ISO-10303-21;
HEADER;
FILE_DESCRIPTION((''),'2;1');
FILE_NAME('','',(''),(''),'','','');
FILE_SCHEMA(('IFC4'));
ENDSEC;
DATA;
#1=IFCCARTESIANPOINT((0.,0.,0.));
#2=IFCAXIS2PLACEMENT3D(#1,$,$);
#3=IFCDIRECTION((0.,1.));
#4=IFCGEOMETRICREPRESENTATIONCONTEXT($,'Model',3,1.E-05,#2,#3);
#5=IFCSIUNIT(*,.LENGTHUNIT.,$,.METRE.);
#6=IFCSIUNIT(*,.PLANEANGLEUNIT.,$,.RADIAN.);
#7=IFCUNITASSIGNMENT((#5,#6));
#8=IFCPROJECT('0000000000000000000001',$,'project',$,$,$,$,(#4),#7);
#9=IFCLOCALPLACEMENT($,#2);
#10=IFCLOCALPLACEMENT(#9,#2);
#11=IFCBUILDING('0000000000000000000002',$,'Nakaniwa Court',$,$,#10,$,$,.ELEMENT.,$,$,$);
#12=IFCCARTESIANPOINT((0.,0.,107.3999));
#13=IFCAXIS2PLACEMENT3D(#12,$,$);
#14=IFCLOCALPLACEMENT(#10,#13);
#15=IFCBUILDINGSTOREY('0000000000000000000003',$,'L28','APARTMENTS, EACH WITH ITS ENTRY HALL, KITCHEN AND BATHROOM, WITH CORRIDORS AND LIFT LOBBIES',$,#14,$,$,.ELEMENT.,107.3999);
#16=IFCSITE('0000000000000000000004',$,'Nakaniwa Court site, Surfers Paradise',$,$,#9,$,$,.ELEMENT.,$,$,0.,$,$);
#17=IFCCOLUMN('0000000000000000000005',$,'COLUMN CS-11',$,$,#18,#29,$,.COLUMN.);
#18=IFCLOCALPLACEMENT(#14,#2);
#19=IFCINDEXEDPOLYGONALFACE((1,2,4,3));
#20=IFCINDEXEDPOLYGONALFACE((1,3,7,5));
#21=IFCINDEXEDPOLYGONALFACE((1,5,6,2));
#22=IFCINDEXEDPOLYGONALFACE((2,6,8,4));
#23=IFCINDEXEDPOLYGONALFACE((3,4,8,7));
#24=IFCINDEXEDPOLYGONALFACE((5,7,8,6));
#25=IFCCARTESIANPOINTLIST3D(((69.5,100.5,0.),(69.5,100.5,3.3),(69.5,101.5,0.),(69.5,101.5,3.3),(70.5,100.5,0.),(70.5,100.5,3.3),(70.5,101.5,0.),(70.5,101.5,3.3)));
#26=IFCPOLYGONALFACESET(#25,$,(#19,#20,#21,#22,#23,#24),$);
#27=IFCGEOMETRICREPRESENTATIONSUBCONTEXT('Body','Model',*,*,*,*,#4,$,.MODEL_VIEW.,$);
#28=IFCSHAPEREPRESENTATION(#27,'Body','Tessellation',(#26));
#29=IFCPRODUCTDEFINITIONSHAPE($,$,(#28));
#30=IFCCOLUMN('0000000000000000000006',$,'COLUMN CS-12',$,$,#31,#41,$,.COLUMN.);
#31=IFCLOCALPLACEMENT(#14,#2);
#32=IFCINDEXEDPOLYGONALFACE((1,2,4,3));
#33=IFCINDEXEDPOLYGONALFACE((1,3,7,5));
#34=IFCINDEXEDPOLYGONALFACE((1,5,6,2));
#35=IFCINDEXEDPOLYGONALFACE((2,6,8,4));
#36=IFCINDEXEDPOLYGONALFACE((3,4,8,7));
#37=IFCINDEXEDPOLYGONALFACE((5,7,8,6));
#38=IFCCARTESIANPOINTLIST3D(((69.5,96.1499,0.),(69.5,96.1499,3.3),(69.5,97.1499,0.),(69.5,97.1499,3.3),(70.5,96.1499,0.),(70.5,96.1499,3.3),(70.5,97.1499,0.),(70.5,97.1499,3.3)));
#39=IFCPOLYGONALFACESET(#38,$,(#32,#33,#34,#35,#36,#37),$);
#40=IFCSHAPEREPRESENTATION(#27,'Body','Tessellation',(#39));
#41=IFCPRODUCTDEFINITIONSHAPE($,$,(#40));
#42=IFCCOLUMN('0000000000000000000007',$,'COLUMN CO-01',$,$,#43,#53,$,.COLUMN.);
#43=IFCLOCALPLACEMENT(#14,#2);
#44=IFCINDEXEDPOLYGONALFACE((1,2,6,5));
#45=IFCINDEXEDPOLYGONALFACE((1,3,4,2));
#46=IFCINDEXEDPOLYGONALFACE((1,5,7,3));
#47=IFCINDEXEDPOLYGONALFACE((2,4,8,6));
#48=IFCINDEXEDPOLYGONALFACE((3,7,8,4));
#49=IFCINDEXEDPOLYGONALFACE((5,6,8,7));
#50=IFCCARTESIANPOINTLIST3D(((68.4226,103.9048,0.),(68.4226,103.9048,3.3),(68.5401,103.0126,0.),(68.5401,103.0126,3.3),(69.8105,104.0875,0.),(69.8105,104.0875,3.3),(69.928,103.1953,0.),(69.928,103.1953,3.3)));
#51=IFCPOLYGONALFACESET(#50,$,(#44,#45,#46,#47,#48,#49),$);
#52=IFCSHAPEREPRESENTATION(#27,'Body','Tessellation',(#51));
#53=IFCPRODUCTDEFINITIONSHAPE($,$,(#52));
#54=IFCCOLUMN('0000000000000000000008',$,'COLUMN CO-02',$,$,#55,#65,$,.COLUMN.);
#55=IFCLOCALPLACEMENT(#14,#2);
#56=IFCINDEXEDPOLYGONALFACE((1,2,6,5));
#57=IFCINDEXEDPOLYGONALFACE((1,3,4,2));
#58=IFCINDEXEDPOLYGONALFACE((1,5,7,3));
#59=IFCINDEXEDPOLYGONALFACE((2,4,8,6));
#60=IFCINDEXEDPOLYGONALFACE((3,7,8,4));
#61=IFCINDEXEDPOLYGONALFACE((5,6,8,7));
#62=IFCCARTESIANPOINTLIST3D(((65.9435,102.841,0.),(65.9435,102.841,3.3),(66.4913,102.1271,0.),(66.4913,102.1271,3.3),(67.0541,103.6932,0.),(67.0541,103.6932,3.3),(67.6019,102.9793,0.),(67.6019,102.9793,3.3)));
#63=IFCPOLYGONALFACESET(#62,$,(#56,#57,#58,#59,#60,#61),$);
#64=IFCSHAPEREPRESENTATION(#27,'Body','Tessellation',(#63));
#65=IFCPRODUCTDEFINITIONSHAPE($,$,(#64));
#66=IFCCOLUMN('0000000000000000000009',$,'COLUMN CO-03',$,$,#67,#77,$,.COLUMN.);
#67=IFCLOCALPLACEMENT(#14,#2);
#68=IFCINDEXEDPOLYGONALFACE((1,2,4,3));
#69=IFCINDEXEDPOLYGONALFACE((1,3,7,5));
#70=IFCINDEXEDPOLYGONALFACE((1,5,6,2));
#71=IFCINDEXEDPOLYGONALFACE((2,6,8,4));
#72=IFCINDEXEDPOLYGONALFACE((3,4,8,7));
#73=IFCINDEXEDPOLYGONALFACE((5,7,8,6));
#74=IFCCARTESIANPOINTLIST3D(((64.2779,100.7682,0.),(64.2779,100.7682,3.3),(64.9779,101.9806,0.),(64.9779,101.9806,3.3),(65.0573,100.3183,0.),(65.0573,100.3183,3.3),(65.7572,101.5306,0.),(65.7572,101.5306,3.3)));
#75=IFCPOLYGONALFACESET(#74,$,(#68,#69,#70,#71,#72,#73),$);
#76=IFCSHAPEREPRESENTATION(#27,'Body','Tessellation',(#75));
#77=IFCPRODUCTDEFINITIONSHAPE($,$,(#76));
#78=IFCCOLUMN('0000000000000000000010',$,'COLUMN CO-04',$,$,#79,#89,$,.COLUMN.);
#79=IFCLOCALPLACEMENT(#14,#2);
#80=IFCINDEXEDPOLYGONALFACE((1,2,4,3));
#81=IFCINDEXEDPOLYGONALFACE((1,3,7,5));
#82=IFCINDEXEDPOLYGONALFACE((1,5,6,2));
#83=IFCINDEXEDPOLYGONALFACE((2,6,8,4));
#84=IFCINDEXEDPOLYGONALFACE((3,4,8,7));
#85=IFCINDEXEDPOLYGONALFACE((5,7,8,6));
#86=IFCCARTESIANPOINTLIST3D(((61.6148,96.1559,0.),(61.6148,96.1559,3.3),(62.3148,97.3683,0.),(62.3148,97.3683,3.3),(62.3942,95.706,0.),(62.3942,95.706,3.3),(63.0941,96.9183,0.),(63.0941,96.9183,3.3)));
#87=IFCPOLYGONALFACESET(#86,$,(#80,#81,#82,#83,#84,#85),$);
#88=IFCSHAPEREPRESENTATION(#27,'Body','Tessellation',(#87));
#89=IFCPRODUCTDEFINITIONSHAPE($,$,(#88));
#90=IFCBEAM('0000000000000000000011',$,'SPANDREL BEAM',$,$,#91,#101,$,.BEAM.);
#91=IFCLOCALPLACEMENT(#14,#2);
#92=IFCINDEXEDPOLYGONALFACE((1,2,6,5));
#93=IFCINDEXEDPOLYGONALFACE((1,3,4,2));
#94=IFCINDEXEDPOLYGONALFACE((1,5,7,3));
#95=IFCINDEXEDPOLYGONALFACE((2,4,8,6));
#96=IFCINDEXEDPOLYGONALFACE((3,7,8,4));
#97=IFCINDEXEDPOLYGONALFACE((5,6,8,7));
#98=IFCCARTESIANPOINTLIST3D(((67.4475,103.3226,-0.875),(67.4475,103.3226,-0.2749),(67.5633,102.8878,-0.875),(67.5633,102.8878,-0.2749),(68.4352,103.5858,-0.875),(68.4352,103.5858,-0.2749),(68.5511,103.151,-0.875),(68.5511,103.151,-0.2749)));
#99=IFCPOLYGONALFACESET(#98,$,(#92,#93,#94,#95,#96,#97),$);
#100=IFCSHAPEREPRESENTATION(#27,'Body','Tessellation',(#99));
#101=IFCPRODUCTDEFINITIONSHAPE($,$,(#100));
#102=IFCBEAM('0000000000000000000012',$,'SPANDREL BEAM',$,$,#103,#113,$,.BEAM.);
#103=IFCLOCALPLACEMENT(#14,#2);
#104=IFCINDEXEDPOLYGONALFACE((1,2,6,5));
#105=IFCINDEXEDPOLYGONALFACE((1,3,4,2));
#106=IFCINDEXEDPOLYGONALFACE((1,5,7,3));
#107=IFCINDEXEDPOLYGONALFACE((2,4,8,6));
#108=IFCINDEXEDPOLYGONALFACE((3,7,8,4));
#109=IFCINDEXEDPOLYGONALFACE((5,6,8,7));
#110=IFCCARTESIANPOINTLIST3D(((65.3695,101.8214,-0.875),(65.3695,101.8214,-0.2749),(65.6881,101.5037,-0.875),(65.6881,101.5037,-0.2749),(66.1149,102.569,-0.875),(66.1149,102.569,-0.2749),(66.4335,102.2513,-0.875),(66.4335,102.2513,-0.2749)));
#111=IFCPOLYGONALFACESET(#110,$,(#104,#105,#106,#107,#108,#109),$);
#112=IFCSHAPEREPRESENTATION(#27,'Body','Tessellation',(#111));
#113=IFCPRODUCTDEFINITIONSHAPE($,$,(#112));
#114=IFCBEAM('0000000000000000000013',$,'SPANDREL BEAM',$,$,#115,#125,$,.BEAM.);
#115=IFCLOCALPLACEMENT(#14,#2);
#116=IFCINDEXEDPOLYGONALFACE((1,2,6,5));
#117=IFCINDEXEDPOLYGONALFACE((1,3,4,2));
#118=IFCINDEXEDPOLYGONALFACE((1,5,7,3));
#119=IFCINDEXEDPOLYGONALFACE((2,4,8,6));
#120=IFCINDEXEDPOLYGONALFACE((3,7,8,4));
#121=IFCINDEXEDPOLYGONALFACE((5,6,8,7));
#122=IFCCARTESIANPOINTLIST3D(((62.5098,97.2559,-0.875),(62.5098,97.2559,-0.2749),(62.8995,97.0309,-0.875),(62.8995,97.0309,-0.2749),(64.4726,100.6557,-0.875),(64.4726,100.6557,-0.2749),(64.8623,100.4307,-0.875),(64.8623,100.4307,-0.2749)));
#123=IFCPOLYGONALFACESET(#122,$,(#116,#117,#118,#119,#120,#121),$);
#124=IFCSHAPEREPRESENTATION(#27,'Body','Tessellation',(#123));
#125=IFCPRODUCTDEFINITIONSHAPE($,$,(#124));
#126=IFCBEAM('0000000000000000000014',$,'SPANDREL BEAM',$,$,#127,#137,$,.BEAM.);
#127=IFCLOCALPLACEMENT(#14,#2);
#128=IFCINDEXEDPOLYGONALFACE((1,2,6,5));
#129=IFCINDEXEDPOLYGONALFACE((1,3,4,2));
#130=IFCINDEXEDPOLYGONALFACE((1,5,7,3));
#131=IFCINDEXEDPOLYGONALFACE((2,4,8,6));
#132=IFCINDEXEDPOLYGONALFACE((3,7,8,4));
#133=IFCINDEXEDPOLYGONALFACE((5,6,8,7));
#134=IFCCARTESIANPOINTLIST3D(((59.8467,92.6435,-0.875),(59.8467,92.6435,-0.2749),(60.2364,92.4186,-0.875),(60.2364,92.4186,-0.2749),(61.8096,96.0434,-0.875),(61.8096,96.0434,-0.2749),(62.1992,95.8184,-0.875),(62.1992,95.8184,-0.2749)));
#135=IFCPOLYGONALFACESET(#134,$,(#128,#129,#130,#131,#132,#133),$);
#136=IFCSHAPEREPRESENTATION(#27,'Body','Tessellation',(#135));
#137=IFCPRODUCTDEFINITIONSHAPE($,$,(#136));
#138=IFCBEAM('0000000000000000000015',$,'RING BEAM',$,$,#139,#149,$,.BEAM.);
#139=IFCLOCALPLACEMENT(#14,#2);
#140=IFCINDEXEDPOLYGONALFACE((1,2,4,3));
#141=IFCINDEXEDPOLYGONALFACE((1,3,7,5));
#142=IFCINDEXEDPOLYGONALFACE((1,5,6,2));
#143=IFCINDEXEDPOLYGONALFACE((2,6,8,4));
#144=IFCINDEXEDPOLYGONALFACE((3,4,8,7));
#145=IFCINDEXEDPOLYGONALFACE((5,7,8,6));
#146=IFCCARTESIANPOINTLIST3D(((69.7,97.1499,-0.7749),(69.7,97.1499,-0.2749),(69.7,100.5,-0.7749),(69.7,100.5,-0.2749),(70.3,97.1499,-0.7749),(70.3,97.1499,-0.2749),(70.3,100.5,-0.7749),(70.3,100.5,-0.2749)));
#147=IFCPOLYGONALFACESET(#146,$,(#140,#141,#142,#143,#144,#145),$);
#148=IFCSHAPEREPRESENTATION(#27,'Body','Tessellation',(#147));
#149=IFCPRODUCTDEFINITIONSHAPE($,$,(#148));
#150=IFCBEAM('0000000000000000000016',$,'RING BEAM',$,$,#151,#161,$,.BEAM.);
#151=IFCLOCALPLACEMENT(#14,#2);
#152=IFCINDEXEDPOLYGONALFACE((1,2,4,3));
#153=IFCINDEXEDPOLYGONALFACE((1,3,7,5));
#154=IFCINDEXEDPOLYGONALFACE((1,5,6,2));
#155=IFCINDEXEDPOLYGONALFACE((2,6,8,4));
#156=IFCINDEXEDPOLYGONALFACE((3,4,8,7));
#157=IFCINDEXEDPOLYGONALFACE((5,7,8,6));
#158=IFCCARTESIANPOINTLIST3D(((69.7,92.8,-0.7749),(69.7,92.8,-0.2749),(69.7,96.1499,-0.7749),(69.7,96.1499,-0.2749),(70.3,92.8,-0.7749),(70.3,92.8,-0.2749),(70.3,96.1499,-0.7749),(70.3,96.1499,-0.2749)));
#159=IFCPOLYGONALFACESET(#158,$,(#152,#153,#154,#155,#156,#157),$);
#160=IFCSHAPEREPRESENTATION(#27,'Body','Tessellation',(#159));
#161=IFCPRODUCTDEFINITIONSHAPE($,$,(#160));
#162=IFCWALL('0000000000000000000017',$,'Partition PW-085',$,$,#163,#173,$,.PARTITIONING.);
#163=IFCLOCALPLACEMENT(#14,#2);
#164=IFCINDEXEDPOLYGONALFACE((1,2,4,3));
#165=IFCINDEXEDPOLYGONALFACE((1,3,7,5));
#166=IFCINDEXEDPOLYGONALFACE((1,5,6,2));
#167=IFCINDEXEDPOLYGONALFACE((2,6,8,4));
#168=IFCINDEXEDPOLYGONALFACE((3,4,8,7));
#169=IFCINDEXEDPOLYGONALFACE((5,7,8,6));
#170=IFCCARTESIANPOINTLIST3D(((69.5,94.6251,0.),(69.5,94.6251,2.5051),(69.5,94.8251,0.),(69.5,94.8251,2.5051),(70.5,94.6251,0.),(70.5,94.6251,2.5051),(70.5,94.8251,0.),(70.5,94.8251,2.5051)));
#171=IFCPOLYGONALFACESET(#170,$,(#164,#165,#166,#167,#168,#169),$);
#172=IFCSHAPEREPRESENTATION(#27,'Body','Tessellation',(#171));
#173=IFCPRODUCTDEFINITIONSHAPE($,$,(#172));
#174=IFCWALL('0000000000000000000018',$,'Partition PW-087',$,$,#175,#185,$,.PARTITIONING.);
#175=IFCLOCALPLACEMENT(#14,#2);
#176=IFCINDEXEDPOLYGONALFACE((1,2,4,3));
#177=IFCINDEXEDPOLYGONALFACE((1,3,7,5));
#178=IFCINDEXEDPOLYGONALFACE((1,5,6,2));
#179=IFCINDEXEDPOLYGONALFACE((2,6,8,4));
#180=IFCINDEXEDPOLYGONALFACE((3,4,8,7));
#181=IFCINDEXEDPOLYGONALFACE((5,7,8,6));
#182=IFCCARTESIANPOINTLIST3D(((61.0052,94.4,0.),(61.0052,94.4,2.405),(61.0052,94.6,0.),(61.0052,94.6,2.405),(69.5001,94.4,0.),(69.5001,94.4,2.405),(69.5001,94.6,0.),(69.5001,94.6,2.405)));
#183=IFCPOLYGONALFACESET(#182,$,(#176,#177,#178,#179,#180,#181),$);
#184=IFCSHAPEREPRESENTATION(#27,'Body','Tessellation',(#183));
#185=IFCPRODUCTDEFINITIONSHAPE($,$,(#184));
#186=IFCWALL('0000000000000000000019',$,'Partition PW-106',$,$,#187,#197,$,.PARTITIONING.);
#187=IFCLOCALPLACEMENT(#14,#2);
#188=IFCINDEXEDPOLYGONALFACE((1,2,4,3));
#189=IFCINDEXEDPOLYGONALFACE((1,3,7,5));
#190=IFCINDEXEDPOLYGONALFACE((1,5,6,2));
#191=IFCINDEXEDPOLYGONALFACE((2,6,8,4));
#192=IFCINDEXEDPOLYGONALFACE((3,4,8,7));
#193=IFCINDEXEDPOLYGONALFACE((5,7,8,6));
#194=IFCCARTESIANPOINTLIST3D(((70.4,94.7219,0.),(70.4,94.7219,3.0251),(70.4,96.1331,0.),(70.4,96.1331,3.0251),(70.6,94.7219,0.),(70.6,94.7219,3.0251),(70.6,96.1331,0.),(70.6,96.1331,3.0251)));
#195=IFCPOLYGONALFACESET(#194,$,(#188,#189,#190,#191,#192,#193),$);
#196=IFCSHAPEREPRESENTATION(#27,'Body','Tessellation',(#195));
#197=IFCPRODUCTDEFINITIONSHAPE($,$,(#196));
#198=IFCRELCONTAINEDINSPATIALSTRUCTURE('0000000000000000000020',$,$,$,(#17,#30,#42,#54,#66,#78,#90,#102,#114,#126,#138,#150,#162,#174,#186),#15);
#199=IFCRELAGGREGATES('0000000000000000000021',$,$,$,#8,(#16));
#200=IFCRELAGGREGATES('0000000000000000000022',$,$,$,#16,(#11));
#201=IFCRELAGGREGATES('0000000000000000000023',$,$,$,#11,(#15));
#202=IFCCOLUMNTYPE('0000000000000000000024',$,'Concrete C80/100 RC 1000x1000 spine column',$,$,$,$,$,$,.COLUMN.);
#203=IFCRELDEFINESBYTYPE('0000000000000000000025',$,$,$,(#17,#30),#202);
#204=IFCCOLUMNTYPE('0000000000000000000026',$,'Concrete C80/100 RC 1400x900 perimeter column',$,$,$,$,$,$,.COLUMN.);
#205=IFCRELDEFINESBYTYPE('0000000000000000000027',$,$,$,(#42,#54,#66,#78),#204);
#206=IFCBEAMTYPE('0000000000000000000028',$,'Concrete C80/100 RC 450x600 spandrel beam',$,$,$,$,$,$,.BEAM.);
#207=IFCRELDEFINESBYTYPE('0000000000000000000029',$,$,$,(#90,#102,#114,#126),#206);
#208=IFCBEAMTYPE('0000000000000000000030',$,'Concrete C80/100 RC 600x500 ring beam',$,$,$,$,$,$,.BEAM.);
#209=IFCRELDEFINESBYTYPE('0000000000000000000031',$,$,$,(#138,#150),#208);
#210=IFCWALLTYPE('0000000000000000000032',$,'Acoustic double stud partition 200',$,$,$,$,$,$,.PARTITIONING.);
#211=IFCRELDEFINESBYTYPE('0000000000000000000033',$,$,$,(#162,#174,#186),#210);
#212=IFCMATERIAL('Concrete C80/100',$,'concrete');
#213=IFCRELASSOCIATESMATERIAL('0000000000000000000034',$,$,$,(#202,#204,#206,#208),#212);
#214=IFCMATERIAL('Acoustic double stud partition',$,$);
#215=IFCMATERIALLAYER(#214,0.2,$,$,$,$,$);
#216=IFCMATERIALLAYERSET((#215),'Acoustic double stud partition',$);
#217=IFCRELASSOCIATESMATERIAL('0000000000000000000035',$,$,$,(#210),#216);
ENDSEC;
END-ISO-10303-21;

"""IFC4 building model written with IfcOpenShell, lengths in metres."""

from ifc_helpers import new_model, si_unit, direction, frame, frame_2d, origin, origin_2d, place, context, subcontext, project, spatial, rectangle, extrude, material, layer, layer_set, material_profile, profile_set, type_object, element, save


model = new_model("IFC4")

# Units and contexts
model_context = context("Model", 3, precision=1e-05, world=origin(), true_north=direction((0.0, 1.0)))
body_context = subcontext(model_context, "Body", "Model", "MODEL_VIEW")
ifc_project = project(units=[si_unit("LENGTHUNIT", "METRE"), si_unit("PLANEANGLEUNIT", "RADIAN")], contexts=[model_context])

# Site, building, storey
site_placement = place(None, origin())
site = spatial("IfcSite", under=ifc_project, at=site_placement, Name="Nakaniwa Court site, Surfers Paradise", CompositionType="ELEMENT", RefElevation=0.0)
building_placement = place(site_placement, origin())
building = spatial("IfcBuilding", under=site, at=building_placement, Name="Nakaniwa Court", CompositionType="ELEMENT")
storey_placement = place(building_placement, frame((0.0, 0.0, 107.3999)))
storey = spatial("IfcBuildingStorey", under=building, at=storey_placement, Name="L28", Description="APARTMENTS, EACH WITH ITS ENTRY HALL, KITCHEN AND BATHROOM, WITH CORRIDORS AND LIFT LOBBIES", CompositionType="ELEMENT", Elevation=107.3999)

# Columns
ifc_material_1 = material(Name="Concrete C80/100", Category="concrete")
ifc_material_profile_1 = material_profile(ifc_material_1, rectangle(XDim=1.0, YDim=1.0, at=origin_2d()), Name="Concrete C80/100 RC 1000x1000 spine column")
ifc_profile_set_1 = profile_set([ifc_material_profile_1], Name="Concrete C80/100")
column_type_1 = type_object("IfcColumnType", Name="Concrete C80/100 RC 1000x1000 spine column", PredefinedType="COLUMN", material=ifc_profile_set_1)
for number, where, z_axis, x_axis, name in (
    (1, (70.0, 101.0, 0.0), (0.0, 0.0, 1.0), (0.0, -1.0, 0.0), "COLUMN CS-11"),
    (2, (70.0, 96.6499, 0.0), (0.0, 0.0, 1.0), (0.0, -1.0, 0.0), "COLUMN CS-12"),
):
    element("IfcColumn", number, at=place(storey_placement, frame(where, z_axis=z_axis, x_axis=x_axis)), inside=storey, type_object=column_type_1, Name=name, PredefinedType="COLUMN", context=body_context, shape_type="SweptSolid", body=[
        extrude(rectangle(XDim=1.0, YDim=1.0, at=origin_2d()), origin(), (0.0, 0.0, 1.0), 3.3),
    ])
ifc_material_profile_2 = material_profile(ifc_material_1, rectangle(XDim=1.3999, YDim=0.8999, at=origin_2d()), Name="Concrete C80/100 RC 1400x900 perimeter column")
ifc_profile_set_2 = profile_set([ifc_material_profile_2], Name="Concrete C80/100")
column_type_2 = type_object("IfcColumnType", Name="Concrete C80/100 RC 1400x900 perimeter column", PredefinedType="COLUMN", material=ifc_profile_set_2)
for number, where, z_axis, x_axis, name in (
    (3, (69.1753, 103.55, 0.0), (0.0, 0.0, 1.0), (-0.991443, -0.130543, 0.0), "COLUMN CO-01"),
    (4, (66.7727, 102.9102, 0.0), (0.0, 0.0, 1.0), (-0.793364, -0.608748, 0.0), "COLUMN CO-02"),
    (5, (65.0176, 101.1494, 0.0), (0.0, 0.0, 1.0), (-0.5, -0.866025, 0.0), "COLUMN CO-03"),
    (6, (62.3545, 96.5371, 0.0), (0.0, 0.0, 1.0), (-0.5, -0.866025, 0.0), "COLUMN CO-04"),
):
    element("IfcColumn", number, at=place(storey_placement, frame(where, z_axis=z_axis, x_axis=x_axis)), inside=storey, type_object=column_type_2, Name=name, PredefinedType="COLUMN", context=body_context, shape_type="SweptSolid", body=[
        extrude(rectangle(XDim=1.3999, YDim=0.8999, at=origin_2d()), origin(), (0.0, 0.0, 1.0), 3.3),
    ])

# Beams
ifc_material_profile_3 = material_profile(ifc_material_1, rectangle(XDim=0.45, YDim=0.6001, at=origin_2d()), Name="Concrete C80/100 RC 450x600 spandrel beam")
ifc_profile_set_3 = profile_set([ifc_material_profile_3], Name="Concrete C80/100")
beam_type_1 = type_object("IfcBeamType", Name="Concrete C80/100 RC 450x600 spandrel beam", PredefinedType="BEAM", material=ifc_profile_set_3)
beam_1_placement = place(storey_placement, frame((68.4932, 103.3684, -0.575), z_axis=(-0.96629, -0.257455, 0.0), x_axis=(0.257455, -0.96629, 0.0)))
element("IfcBeam", 7, at=beam_1_placement, inside=storey, type_object=beam_type_1, Name="SPANDREL BEAM", PredefinedType="BEAM", context=body_context, shape_type="SweptSolid", body=[
    extrude(rectangle(XDim=0.45, YDim=0.6001, at=origin_2d()), origin(), (0.0, 0.0, 1.0), 1.0222),
])
beam_2_placement = place(storey_placement, frame((66.2742, 102.4102, -0.575), z_axis=(-0.706065, -0.708147, 0.0), x_axis=(0.708147, -0.706065, 0.0)))
element("IfcBeam", 8, at=beam_2_placement, inside=storey, type_object=beam_type_1, Name="SPANDREL BEAM", PredefinedType="BEAM", context=body_context, shape_type="SweptSolid", body=[
    extrude(rectangle(XDim=0.45, YDim=0.6001, at=origin_2d()), origin(), (0.0, 0.0, 1.0), 1.0557),
])
for number, where, z_axis, x_axis, name in (
    (9, (64.6675, 100.5432, -0.575), (-0.499992, -0.86603, 0.0), (0.86603, -0.499992, 0.0), "SPANDREL BEAM"),
    (10, (62.0044, 95.9309, -0.575), (-0.499992, -0.86603, 0.0), (0.86603, -0.499992, 0.0), "SPANDREL BEAM"),
):
    element("IfcBeam", number, at=place(storey_placement, frame(where, z_axis=z_axis, x_axis=x_axis)), inside=storey, type_object=beam_type_1, Name=name, PredefinedType="BEAM", context=body_context, shape_type="SweptSolid", body=[
        extrude(rectangle(XDim=0.45, YDim=0.6001, at=origin_2d()), origin(), (0.0, 0.0, 1.0), 3.9258),
    ])
ifc_material_profile_4 = material_profile(ifc_material_1, rectangle(XDim=0.6001, YDim=0.5, at=origin_2d()), Name="Concrete C80/100 RC 600x500 ring beam")
ifc_profile_set_4 = profile_set([ifc_material_profile_4], Name="Concrete C80/100")
beam_type_2 = type_object("IfcBeamType", Name="Concrete C80/100 RC 600x500 ring beam", PredefinedType="BEAM", material=ifc_profile_set_4)
beam_3_placement = place(storey_placement, frame((70.0, 100.5, -0.5249), z_axis=(0.0, -1.0, 0.0), x_axis=(1.0, 0.0, 0.0)))
element("IfcBeam", 11, at=beam_3_placement, inside=storey, type_object=beam_type_2, Name="RING BEAM", PredefinedType="BEAM", context=body_context, shape_type="SweptSolid", body=[
    extrude(rectangle(XDim=0.6001, YDim=0.5, at=origin_2d()), origin(), (0.0, 0.0, 1.0), 3.3501),
])
beam_4_placement = place(storey_placement, frame((70.0, 96.1499, -0.5249), z_axis=(0.0, -1.0, 0.0), x_axis=(1.0, 0.0, 0.0)))
element("IfcBeam", 12, at=beam_4_placement, inside=storey, type_object=beam_type_2, Name="RING BEAM", PredefinedType="BEAM", context=body_context, shape_type="SweptSolid", body=[
    extrude(rectangle(XDim=0.6001, YDim=0.5, at=origin_2d()), origin(), (0.0, 0.0, 1.0), 3.3499),
])

# Walls
ifc_material_2 = material(Name="Acoustic double stud partition")
ifc_layer_1 = layer(ifc_material_2, 0.2)
ifc_layer_set_1 = layer_set([ifc_layer_1], Name="Acoustic double stud partition")
wall_type_1 = type_object("IfcWallType", Name="Acoustic double stud partition 200", PredefinedType="PARTITIONING", material=ifc_layer_set_1)
wall_1_placement = place(storey_placement, frame((69.5, 94.7251, 0.0), z_axis=(0.0, 0.0, 1.0), x_axis=(1.0, 0.0, 0.0)))
element("IfcWall", 13, at=wall_1_placement, inside=storey, type_object=wall_type_1, Name="Partition PW-085", PredefinedType="PARTITIONING", context=body_context, shape_type="SweptSolid", body=[
    extrude(rectangle(XDim=1.0, YDim=0.2, at=frame_2d((0.5, 0.0))), origin(), (0.0, 0.0, 1.0), 2.5051),
])
wall_2_placement = place(storey_placement, frame((61.0051, 94.5, 0.0), z_axis=(0.0, 0.0, 1.0), x_axis=(1.0, 0.0, 0.0)))
element("IfcWall", 14, at=wall_2_placement, inside=storey, type_object=wall_type_1, Name="Partition PW-087", PredefinedType="PARTITIONING", context=body_context, shape_type="SweptSolid", body=[
    extrude(rectangle(XDim=8.4949, YDim=0.2, at=frame_2d((4.2476, 0.0))), origin(), (0.0, 0.0, 1.0), 2.405),
])
wall_3_placement = place(storey_placement, frame((70.5, 94.7219, 0.0), z_axis=(0.0, 0.0, 1.0), x_axis=(0.0, 1.0, 0.0)))
element("IfcWall", 15, at=wall_3_placement, inside=storey, type_object=wall_type_1, Name="Partition PW-106", PredefinedType="PARTITIONING", context=body_context, shape_type="SweptSolid", body=[
    extrude(rectangle(XDim=1.4111, YDim=0.2, at=frame_2d((0.7056, 0.0))), origin(), (0.0, 0.0, 1.0), 3.0251),
])

save(model, "model.ifc")
